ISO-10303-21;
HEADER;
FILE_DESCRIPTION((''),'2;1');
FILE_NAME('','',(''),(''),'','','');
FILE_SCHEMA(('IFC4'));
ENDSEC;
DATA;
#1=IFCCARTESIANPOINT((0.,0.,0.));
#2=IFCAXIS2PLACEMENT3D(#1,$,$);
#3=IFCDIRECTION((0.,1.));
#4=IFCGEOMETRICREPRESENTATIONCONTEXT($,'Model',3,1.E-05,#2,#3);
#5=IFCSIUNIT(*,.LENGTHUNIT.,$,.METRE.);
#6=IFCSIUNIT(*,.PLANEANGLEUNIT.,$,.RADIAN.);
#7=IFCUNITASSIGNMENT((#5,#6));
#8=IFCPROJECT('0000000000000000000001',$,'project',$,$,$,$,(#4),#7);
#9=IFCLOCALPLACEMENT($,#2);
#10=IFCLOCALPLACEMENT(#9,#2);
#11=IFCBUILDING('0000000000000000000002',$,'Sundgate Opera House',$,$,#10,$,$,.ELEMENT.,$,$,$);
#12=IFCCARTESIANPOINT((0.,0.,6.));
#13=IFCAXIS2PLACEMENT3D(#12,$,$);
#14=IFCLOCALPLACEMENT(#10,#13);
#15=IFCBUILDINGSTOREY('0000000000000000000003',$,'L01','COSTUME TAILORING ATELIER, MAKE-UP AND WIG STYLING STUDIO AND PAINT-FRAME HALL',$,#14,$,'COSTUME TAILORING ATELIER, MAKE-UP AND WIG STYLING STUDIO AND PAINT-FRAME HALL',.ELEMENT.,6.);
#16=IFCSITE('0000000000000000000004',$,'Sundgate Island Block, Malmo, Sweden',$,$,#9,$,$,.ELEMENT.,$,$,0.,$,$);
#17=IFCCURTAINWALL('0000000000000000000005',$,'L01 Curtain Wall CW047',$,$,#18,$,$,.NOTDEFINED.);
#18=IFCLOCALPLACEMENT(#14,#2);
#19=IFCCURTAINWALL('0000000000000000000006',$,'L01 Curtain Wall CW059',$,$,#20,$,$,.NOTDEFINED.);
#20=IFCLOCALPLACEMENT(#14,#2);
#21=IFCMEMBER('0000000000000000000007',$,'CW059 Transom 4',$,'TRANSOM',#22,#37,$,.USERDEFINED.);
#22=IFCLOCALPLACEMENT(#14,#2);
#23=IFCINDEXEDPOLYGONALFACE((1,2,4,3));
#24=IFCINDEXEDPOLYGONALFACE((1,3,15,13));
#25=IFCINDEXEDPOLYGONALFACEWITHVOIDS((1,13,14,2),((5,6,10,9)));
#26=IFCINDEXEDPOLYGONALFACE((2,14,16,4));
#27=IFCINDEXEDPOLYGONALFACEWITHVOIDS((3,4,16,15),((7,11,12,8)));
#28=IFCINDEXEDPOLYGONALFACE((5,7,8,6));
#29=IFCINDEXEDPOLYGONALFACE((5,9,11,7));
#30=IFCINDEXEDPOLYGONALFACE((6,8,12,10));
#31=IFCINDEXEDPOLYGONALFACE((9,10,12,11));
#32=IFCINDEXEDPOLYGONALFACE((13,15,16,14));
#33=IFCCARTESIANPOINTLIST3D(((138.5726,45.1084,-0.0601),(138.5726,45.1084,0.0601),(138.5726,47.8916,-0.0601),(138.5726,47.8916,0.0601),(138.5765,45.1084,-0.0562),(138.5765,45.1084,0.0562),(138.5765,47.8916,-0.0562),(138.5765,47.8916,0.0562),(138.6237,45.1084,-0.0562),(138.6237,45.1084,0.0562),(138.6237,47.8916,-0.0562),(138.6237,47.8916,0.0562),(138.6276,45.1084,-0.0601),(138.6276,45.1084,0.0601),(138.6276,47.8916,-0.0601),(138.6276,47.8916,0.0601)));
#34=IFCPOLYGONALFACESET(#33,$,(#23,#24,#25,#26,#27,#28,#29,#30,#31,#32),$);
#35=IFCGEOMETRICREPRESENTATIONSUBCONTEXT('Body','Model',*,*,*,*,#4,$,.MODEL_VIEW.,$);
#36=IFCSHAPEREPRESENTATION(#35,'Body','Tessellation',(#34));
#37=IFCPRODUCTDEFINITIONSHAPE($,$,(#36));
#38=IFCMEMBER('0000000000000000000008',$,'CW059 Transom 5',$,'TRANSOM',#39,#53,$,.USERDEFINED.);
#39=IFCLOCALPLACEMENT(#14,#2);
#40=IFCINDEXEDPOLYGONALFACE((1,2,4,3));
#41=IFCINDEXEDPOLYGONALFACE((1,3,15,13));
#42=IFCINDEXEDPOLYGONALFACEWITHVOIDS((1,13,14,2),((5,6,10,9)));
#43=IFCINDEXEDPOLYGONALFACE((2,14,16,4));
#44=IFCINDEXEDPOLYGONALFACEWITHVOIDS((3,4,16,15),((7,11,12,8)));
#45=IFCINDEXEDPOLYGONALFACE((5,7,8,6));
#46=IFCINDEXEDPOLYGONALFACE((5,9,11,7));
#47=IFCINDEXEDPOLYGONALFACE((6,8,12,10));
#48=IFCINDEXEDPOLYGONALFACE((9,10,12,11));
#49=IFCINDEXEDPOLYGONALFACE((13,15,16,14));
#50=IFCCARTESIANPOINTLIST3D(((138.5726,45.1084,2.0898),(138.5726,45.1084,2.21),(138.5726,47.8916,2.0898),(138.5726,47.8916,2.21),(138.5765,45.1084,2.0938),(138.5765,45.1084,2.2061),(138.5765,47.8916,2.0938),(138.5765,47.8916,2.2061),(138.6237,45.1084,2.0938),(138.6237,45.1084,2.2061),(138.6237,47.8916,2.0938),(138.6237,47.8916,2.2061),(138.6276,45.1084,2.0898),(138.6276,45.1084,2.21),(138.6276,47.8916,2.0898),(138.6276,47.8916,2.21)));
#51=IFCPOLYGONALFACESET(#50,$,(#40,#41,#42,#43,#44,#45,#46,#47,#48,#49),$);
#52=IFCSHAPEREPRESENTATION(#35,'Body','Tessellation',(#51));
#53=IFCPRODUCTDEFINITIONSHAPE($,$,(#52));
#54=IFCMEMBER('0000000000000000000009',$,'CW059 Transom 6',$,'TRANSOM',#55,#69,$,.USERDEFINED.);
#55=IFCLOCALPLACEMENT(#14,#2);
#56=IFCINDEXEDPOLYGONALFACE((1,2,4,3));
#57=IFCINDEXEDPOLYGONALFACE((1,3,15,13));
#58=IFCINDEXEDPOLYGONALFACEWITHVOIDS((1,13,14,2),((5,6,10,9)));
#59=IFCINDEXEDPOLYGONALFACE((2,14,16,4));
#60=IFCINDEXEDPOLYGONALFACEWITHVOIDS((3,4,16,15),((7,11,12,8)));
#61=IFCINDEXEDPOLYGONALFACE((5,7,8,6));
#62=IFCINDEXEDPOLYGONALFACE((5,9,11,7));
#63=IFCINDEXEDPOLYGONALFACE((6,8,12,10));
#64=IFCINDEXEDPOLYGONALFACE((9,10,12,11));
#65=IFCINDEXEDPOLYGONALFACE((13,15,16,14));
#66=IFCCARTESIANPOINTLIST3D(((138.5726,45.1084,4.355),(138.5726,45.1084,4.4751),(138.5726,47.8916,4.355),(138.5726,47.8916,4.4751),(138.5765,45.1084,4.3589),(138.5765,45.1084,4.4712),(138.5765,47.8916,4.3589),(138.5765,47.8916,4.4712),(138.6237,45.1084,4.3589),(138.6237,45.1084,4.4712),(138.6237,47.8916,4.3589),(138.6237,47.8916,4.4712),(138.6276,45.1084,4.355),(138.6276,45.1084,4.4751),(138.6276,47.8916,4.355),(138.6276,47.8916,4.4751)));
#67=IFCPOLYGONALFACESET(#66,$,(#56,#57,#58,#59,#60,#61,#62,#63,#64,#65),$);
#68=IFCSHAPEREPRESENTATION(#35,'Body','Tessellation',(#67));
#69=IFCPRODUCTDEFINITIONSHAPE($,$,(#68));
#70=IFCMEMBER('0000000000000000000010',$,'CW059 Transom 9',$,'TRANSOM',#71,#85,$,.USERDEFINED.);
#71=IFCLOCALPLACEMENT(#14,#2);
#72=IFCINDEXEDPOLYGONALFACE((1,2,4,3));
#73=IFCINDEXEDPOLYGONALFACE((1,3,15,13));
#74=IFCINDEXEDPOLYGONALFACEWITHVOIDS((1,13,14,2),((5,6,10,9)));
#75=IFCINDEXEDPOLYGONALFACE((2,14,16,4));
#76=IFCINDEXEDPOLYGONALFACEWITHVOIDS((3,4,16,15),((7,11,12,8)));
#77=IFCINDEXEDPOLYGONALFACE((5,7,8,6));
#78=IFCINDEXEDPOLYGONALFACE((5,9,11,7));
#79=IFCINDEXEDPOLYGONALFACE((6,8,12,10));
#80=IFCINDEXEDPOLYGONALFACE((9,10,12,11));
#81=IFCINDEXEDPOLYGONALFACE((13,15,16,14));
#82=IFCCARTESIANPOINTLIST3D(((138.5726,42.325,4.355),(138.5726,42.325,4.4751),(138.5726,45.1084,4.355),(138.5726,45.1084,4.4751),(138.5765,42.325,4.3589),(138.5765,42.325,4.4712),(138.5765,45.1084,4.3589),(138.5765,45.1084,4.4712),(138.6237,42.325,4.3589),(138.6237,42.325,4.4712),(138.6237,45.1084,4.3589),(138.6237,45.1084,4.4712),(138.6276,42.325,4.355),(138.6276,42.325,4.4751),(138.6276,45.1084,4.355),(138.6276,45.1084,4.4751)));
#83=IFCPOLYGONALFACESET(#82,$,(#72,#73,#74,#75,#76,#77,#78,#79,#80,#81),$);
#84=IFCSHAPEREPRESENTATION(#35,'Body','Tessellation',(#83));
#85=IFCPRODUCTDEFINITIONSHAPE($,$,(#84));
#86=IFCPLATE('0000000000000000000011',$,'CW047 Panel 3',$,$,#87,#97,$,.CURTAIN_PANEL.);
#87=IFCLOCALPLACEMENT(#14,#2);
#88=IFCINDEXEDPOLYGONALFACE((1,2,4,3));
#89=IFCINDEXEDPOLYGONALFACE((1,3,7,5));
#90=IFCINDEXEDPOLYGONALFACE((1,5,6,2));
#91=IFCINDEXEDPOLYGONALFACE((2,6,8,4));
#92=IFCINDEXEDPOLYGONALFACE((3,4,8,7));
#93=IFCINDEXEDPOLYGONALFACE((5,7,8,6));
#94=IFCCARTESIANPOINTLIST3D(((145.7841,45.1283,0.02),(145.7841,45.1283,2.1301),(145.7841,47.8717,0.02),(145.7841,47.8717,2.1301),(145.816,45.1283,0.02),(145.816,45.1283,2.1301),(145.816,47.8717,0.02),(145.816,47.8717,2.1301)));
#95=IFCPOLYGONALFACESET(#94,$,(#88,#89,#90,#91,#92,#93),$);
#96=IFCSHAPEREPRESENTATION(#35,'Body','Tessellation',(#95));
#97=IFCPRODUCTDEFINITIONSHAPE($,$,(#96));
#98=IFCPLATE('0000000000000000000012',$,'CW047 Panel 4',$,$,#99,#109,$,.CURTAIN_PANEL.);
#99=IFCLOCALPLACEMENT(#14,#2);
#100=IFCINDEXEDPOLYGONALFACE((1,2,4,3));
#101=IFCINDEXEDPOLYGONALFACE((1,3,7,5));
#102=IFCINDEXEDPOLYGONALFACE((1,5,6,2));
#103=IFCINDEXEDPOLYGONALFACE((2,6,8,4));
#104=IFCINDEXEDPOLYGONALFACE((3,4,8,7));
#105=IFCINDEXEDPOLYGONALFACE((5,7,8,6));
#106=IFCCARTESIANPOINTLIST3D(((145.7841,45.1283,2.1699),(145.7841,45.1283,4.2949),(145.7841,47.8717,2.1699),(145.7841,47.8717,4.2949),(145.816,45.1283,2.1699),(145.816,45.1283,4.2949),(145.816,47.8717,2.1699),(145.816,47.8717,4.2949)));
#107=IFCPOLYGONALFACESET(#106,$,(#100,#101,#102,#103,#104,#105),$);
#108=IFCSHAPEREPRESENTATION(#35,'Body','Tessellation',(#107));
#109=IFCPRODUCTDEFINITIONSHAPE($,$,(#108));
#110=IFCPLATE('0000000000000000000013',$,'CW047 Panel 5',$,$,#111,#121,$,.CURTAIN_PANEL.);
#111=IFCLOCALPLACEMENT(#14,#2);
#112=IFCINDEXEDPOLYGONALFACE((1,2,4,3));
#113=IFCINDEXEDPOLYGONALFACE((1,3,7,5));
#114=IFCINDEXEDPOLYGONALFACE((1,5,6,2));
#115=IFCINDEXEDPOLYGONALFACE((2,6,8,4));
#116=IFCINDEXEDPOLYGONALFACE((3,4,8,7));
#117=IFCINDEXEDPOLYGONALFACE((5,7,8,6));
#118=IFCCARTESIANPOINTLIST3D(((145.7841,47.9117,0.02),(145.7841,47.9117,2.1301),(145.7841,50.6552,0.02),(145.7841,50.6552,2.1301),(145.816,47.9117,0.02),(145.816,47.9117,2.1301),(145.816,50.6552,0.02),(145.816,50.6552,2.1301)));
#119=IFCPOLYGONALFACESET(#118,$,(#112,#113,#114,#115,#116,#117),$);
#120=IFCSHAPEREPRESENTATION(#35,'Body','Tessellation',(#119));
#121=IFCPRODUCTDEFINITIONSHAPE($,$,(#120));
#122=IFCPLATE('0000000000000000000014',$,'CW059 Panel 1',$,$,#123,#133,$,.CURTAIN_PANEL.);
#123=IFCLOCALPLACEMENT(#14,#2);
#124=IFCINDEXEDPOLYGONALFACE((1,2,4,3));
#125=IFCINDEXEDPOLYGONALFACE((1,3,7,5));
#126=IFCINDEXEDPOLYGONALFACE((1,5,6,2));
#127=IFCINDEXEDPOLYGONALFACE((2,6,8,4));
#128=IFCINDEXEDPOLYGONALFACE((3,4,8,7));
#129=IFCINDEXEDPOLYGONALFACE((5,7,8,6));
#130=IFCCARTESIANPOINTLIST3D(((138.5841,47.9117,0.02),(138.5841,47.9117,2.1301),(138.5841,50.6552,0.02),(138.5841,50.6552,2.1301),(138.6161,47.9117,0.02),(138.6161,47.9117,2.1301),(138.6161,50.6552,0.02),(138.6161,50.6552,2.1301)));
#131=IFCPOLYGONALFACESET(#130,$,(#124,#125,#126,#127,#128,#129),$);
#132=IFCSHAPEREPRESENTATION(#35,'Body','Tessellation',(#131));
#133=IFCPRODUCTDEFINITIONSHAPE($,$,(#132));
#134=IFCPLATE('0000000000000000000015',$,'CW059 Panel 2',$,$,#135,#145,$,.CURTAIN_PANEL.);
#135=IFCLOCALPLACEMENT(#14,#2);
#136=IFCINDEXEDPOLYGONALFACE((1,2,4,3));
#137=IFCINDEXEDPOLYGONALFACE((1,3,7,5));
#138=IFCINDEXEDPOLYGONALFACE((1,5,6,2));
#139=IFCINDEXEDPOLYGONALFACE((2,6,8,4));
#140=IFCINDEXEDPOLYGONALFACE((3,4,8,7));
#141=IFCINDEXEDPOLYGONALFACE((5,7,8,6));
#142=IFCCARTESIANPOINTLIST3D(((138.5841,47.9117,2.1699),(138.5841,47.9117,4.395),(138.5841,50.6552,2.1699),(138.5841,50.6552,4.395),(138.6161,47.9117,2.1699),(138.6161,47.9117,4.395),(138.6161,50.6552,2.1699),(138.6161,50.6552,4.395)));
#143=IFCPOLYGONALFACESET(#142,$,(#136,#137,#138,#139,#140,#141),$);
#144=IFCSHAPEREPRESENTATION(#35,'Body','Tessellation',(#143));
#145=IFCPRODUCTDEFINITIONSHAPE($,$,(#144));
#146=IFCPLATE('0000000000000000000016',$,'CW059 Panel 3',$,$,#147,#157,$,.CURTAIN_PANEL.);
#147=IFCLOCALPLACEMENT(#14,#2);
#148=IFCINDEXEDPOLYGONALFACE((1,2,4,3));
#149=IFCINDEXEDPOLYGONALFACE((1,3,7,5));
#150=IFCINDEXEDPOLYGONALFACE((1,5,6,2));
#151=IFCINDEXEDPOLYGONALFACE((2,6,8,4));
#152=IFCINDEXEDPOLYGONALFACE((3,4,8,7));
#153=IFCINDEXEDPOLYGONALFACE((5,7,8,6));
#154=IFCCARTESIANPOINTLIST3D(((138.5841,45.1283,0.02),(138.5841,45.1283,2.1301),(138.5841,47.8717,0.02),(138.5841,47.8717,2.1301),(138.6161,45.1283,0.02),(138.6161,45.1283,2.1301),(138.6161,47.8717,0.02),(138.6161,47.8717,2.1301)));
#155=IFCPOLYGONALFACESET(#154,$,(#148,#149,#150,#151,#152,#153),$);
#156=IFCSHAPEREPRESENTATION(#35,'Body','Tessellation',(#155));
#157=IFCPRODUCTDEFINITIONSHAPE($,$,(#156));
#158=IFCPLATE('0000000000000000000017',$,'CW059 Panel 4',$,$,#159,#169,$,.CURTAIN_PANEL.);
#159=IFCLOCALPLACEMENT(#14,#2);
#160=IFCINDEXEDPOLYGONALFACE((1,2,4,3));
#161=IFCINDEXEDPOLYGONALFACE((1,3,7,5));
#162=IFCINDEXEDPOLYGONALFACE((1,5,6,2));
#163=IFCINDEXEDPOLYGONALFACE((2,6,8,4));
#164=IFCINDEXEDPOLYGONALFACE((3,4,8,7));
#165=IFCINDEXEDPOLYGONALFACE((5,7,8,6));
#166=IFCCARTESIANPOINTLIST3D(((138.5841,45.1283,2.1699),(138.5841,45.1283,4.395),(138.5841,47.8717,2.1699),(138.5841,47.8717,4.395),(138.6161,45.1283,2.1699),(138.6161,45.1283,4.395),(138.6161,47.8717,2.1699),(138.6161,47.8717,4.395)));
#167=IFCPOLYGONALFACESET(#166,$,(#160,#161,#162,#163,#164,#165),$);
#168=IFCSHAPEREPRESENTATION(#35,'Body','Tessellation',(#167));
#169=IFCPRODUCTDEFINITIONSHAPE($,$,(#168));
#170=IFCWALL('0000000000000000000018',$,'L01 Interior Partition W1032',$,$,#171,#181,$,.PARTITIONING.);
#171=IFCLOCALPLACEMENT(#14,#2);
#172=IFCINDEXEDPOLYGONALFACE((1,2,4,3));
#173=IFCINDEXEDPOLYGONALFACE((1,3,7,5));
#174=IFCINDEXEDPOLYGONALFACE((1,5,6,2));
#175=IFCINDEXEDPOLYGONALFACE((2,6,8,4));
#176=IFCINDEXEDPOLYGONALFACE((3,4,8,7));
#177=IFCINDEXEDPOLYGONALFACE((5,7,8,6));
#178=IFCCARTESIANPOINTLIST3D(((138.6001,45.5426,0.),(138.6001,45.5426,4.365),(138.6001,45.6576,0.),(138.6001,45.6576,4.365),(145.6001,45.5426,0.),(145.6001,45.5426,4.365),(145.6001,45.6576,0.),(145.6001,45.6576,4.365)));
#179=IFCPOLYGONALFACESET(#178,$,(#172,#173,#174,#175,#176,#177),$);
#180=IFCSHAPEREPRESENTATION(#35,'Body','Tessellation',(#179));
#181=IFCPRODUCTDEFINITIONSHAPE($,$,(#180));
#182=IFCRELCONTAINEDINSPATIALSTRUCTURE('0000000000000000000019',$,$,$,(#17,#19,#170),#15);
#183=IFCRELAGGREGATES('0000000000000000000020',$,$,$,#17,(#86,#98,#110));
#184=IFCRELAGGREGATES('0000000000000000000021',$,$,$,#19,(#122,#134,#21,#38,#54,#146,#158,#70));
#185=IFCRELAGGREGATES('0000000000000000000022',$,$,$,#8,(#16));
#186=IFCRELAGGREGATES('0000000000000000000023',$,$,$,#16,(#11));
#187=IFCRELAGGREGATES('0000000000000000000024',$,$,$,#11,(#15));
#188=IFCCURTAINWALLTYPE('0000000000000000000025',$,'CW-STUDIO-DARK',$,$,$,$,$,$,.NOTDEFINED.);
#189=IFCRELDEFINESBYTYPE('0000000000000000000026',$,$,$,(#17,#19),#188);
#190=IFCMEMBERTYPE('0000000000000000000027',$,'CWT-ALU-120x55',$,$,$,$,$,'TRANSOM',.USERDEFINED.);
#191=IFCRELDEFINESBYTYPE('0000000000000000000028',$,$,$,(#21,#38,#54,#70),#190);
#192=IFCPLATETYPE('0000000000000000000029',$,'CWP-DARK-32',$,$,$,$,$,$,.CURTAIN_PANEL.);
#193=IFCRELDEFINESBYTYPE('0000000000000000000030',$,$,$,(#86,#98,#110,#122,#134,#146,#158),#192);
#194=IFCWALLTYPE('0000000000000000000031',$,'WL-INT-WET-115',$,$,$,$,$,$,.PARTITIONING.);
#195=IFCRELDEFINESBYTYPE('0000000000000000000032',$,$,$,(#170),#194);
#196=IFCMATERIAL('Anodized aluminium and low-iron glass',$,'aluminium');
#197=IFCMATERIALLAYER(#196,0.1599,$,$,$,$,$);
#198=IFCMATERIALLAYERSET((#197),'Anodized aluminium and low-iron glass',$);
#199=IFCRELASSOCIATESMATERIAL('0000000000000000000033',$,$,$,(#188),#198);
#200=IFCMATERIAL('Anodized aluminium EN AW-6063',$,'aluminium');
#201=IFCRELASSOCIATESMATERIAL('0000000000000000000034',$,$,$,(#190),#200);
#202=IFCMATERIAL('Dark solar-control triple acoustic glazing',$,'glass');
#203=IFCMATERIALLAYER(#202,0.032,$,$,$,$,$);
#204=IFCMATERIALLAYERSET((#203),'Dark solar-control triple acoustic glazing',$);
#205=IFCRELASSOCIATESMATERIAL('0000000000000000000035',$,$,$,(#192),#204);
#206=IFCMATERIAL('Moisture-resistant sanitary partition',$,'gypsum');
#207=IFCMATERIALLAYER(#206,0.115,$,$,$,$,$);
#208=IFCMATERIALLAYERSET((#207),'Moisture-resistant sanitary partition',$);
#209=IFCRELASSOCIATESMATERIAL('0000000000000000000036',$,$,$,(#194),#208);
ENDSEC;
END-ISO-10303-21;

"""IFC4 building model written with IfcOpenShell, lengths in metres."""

from ifc_helpers import new_model, si_unit, direction, frame, frame_2d, origin, origin_2d, place, context, subcontext, project, spatial, rectangle, hollow_rectangle, extrude, material, layer, layer_set, material_profile, profile_set, type_object, element, aggregate, save


model = new_model("IFC4")

# Units and contexts
model_context = context("Model", 3, precision=1e-05, world=origin(), true_north=direction((0.0, 1.0)))
body_context = subcontext(model_context, "Body", "Model", "MODEL_VIEW")
ifc_project = project(units=[si_unit("LENGTHUNIT", "METRE"), si_unit("PLANEANGLEUNIT", "RADIAN")], contexts=[model_context])

# Site, building, storey
site_placement = place(None, origin())
site = spatial("IfcSite", under=ifc_project, at=site_placement, Name="Sundgate Island Block, Malmo, Sweden", CompositionType="ELEMENT", RefElevation=0.0)
building_placement = place(site_placement, origin())
building = spatial("IfcBuilding", under=site, at=building_placement, Name="Sundgate Opera House", CompositionType="ELEMENT")
storey_placement = place(building_placement, frame((0.0, 0.0, 6.0)))
storey = spatial("IfcBuildingStorey", under=building, at=storey_placement, Name="L01", Description="COSTUME TAILORING ATELIER, MAKE-UP AND WIG STYLING STUDIO AND PAINT-FRAME HALL", LongName="COSTUME TAILORING ATELIER, MAKE-UP AND WIG STYLING STUDIO AND PAINT-FRAME HALL", CompositionType="ELEMENT", Elevation=6.0)

# Curtain wall
ifc_material_1 = material(Name="Anodized aluminium and low-iron glass", Category="aluminium")
ifc_layer_1 = layer(ifc_material_1, 0.1599)
ifc_layer_set_1 = layer_set([ifc_layer_1], Name="Anodized aluminium and low-iron glass")
curtain_wall_type = type_object("IfcCurtainWallType", Name="CW-STUDIO-DARK", PredefinedType="NOTDEFINED", material=ifc_layer_set_1)
curtain_wall_1_placement = place(storey_placement, origin())
curtain_wall_1 = element("IfcCurtainWall", 1, at=curtain_wall_1_placement, inside=storey, type_object=curtain_wall_type, Name="L01 Curtain Wall CW047", PredefinedType="NOTDEFINED")

# Curtain wall
curtain_wall_2_placement = place(storey_placement, origin())
curtain_wall_2 = element("IfcCurtainWall", 2, at=curtain_wall_2_placement, inside=storey, type_object=curtain_wall_type, Name="L01 Curtain Wall CW059", PredefinedType="NOTDEFINED")

# Members
ifc_material_2 = material(Name="Anodized aluminium EN AW-6063", Category="aluminium")
ifc_material_profile_1 = material_profile(ifc_material_2, hollow_rectangle(XDim=0.0549, YDim=0.1201, WallThickness=0.0039, at=origin_2d()), Name="CWT 120x55x4")
ifc_profile_set_1 = profile_set([ifc_material_profile_1], Name="Anodized aluminium EN AW-6063")
member_type_1 = type_object("IfcMemberType", Name="CWT-ALU-120x55", ElementType="TRANSOM", PredefinedType="USERDEFINED", material=ifc_profile_set_1)
member_1_placement = place(storey_placement, frame((138.6001, 47.8916, 0.0), z_axis=(0.0, -1.0, 0.0), x_axis=(1.0, 0.0, 0.0)))
member_1 = element("IfcMember", 3, at=member_1_placement, type_object=member_type_1, Name="CW059 Transom 4", ObjectType="TRANSOM", PredefinedType="USERDEFINED", context=body_context, shape_type="SweptSolid", body=[
    extrude(hollow_rectangle(XDim=0.0549, YDim=0.1201, WallThickness=0.0039, at=origin_2d()), origin(), (0.0, 0.0, 1.0), 2.7832),
])
member_2_placement = place(storey_placement, frame((138.6001, 47.8916, 2.1499), z_axis=(0.0, -1.0, 0.0), x_axis=(1.0, 0.0, 0.0)))
member_2 = element("IfcMember", 4, at=member_2_placement, type_object=member_type_1, Name="CW059 Transom 5", ObjectType="TRANSOM", PredefinedType="USERDEFINED", context=body_context, shape_type="SweptSolid", body=[
    extrude(hollow_rectangle(XDim=0.0549, YDim=0.1201, WallThickness=0.0039, at=origin_2d()), origin(), (0.0, 0.0, 1.0), 2.7832),
])
member_3_placement = place(storey_placement, frame((138.6001, 47.8916, 4.415), z_axis=(0.0, -1.0, 0.0), x_axis=(1.0, 0.0, 0.0)))
member_3 = element("IfcMember", 5, at=member_3_placement, type_object=member_type_1, Name="CW059 Transom 6", ObjectType="TRANSOM", PredefinedType="USERDEFINED", context=body_context, shape_type="SweptSolid", body=[
    extrude(hollow_rectangle(XDim=0.0549, YDim=0.1201, WallThickness=0.0039, at=origin_2d()), origin(), (0.0, 0.0, 1.0), 2.7832),
])
member_4_placement = place(storey_placement, frame((138.6001, 45.1084, 4.415), z_axis=(0.0, -1.0, 0.0), x_axis=(1.0, 0.0, 0.0)))
member_4 = element("IfcMember", 6, at=member_4_placement, type_object=member_type_1, Name="CW059 Transom 9", ObjectType="TRANSOM", PredefinedType="USERDEFINED", context=body_context, shape_type="SweptSolid", body=[
    extrude(hollow_rectangle(XDim=0.0549, YDim=0.1201, WallThickness=0.0039, at=origin_2d()), origin(), (0.0, 0.0, 1.0), 2.7834),
])

# Plates
ifc_material_3 = material(Name="Dark solar-control triple acoustic glazing", Category="glass")
ifc_layer_2 = layer(ifc_material_3, 0.032)
ifc_layer_set_2 = layer_set([ifc_layer_2], Name="Dark solar-control triple acoustic glazing")
plate_type = type_object("IfcPlateType", Name="CWP-DARK-32", PredefinedType="CURTAIN_PANEL", material=ifc_layer_set_2)
plate_1_placement = place(storey_placement, frame((145.8, 46.5, 0.02), z_axis=(0.0, 0.0, 1.0), x_axis=(0.0, 1.0, 0.0)))
plate_1 = element("IfcPlate", 7, at=plate_1_placement, type_object=plate_type, Name="CW047 Panel 3", PredefinedType="CURTAIN_PANEL", context=body_context, shape_type="SweptSolid", body=[
    extrude(rectangle(XDim=2.7434, YDim=0.032, at=origin_2d()), origin(), (0.0, 0.0, 1.0), 2.1101),
])
plate_2_placement = place(storey_placement, frame((145.8, 46.5, 2.1699), z_axis=(0.0, 0.0, 1.0), x_axis=(0.0, 1.0, 0.0)))
plate_2 = element("IfcPlate", 8, at=plate_2_placement, type_object=plate_type, Name="CW047 Panel 4", PredefinedType="CURTAIN_PANEL", context=body_context, shape_type="SweptSolid", body=[
    extrude(rectangle(XDim=2.7434, YDim=0.032, at=origin_2d()), origin(), (0.0, 0.0, 1.0), 2.125),
])
plate_3_placement = place(storey_placement, frame((145.8, 49.2834, 0.02), z_axis=(0.0, 0.0, 1.0), x_axis=(0.0, 1.0, 0.0)))
plate_3 = element("IfcPlate", 9, at=plate_3_placement, type_object=plate_type, Name="CW047 Panel 5", PredefinedType="CURTAIN_PANEL", context=body_context, shape_type="SweptSolid", body=[
    extrude(rectangle(XDim=2.7434, YDim=0.032, at=origin_2d()), origin(), (0.0, 0.0, 1.0), 2.1101),
])
aggregate(curtain_wall_1, [plate_1, plate_2, plate_3])
plate_4_placement = place(storey_placement, frame((138.6001, 49.2834, 0.02), z_axis=(0.0, 0.0, 1.0), x_axis=(0.0, -1.0, 0.0)))
plate_4 = element("IfcPlate", 10, at=plate_4_placement, type_object=plate_type, Name="CW059 Panel 1", PredefinedType="CURTAIN_PANEL", context=body_context, shape_type="SweptSolid", body=[
    extrude(rectangle(XDim=2.7434, YDim=0.032, at=origin_2d()), origin(), (0.0, 0.0, 1.0), 2.1101),
])
plate_5_placement = place(storey_placement, frame((138.6001, 49.2834, 2.1699), z_axis=(0.0, 0.0, 1.0), x_axis=(0.0, -1.0, 0.0)))
plate_5 = element("IfcPlate", 11, at=plate_5_placement, type_object=plate_type, Name="CW059 Panel 2", PredefinedType="CURTAIN_PANEL", context=body_context, shape_type="SweptSolid", body=[
    extrude(rectangle(XDim=2.7434, YDim=0.032, at=origin_2d()), origin(), (0.0, 0.0, 1.0), 2.2251),
])
plate_6_placement = place(storey_placement, frame((138.6001, 46.5, 0.02), z_axis=(0.0, 0.0, 1.0), x_axis=(0.0, -1.0, 0.0)))
plate_6 = element("IfcPlate", 12, at=plate_6_placement, type_object=plate_type, Name="CW059 Panel 3", PredefinedType="CURTAIN_PANEL", context=body_context, shape_type="SweptSolid", body=[
    extrude(rectangle(XDim=2.7434, YDim=0.032, at=origin_2d()), origin(), (0.0, 0.0, 1.0), 2.1101),
])
plate_7_placement = place(storey_placement, frame((138.6001, 46.5, 2.1699), z_axis=(0.0, 0.0, 1.0), x_axis=(0.0, -1.0, 0.0)))
plate_7 = element("IfcPlate", 13, at=plate_7_placement, type_object=plate_type, Name="CW059 Panel 4", PredefinedType="CURTAIN_PANEL", context=body_context, shape_type="SweptSolid", body=[
    extrude(rectangle(XDim=2.7434, YDim=0.032, at=origin_2d()), origin(), (0.0, 0.0, 1.0), 2.2251),
])
aggregate(curtain_wall_2, [plate_4, plate_5, member_1, member_2, member_3, plate_6, plate_7, member_4])

# Wall
ifc_material_4 = material(Name="Moisture-resistant sanitary partition", Category="gypsum")
ifc_layer_3 = layer(ifc_material_4, 0.115)
ifc_layer_set_3 = layer_set([ifc_layer_3], Name="Moisture-resistant sanitary partition")
wall_type = type_object("IfcWallType", Name="WL-INT-WET-115", PredefinedType="PARTITIONING", material=ifc_layer_set_3)
wall_placement = place(storey_placement, frame((138.6001, 45.6001, 0.0), z_axis=(0.0, 0.0, 1.0), x_axis=(1.0, 0.0, 0.0)))
element("IfcWall", 14, at=wall_placement, inside=storey, type_object=wall_type, Name="L01 Interior Partition W1032", PredefinedType="PARTITIONING", context=body_context, shape_type="SweptSolid", body=[
    extrude(rectangle(XDim=7.0, YDim=0.115, at=frame_2d((3.5, 0.0))), origin(), (0.0, 0.0, 1.0), 4.365),
])

save(model, "model.ifc")
